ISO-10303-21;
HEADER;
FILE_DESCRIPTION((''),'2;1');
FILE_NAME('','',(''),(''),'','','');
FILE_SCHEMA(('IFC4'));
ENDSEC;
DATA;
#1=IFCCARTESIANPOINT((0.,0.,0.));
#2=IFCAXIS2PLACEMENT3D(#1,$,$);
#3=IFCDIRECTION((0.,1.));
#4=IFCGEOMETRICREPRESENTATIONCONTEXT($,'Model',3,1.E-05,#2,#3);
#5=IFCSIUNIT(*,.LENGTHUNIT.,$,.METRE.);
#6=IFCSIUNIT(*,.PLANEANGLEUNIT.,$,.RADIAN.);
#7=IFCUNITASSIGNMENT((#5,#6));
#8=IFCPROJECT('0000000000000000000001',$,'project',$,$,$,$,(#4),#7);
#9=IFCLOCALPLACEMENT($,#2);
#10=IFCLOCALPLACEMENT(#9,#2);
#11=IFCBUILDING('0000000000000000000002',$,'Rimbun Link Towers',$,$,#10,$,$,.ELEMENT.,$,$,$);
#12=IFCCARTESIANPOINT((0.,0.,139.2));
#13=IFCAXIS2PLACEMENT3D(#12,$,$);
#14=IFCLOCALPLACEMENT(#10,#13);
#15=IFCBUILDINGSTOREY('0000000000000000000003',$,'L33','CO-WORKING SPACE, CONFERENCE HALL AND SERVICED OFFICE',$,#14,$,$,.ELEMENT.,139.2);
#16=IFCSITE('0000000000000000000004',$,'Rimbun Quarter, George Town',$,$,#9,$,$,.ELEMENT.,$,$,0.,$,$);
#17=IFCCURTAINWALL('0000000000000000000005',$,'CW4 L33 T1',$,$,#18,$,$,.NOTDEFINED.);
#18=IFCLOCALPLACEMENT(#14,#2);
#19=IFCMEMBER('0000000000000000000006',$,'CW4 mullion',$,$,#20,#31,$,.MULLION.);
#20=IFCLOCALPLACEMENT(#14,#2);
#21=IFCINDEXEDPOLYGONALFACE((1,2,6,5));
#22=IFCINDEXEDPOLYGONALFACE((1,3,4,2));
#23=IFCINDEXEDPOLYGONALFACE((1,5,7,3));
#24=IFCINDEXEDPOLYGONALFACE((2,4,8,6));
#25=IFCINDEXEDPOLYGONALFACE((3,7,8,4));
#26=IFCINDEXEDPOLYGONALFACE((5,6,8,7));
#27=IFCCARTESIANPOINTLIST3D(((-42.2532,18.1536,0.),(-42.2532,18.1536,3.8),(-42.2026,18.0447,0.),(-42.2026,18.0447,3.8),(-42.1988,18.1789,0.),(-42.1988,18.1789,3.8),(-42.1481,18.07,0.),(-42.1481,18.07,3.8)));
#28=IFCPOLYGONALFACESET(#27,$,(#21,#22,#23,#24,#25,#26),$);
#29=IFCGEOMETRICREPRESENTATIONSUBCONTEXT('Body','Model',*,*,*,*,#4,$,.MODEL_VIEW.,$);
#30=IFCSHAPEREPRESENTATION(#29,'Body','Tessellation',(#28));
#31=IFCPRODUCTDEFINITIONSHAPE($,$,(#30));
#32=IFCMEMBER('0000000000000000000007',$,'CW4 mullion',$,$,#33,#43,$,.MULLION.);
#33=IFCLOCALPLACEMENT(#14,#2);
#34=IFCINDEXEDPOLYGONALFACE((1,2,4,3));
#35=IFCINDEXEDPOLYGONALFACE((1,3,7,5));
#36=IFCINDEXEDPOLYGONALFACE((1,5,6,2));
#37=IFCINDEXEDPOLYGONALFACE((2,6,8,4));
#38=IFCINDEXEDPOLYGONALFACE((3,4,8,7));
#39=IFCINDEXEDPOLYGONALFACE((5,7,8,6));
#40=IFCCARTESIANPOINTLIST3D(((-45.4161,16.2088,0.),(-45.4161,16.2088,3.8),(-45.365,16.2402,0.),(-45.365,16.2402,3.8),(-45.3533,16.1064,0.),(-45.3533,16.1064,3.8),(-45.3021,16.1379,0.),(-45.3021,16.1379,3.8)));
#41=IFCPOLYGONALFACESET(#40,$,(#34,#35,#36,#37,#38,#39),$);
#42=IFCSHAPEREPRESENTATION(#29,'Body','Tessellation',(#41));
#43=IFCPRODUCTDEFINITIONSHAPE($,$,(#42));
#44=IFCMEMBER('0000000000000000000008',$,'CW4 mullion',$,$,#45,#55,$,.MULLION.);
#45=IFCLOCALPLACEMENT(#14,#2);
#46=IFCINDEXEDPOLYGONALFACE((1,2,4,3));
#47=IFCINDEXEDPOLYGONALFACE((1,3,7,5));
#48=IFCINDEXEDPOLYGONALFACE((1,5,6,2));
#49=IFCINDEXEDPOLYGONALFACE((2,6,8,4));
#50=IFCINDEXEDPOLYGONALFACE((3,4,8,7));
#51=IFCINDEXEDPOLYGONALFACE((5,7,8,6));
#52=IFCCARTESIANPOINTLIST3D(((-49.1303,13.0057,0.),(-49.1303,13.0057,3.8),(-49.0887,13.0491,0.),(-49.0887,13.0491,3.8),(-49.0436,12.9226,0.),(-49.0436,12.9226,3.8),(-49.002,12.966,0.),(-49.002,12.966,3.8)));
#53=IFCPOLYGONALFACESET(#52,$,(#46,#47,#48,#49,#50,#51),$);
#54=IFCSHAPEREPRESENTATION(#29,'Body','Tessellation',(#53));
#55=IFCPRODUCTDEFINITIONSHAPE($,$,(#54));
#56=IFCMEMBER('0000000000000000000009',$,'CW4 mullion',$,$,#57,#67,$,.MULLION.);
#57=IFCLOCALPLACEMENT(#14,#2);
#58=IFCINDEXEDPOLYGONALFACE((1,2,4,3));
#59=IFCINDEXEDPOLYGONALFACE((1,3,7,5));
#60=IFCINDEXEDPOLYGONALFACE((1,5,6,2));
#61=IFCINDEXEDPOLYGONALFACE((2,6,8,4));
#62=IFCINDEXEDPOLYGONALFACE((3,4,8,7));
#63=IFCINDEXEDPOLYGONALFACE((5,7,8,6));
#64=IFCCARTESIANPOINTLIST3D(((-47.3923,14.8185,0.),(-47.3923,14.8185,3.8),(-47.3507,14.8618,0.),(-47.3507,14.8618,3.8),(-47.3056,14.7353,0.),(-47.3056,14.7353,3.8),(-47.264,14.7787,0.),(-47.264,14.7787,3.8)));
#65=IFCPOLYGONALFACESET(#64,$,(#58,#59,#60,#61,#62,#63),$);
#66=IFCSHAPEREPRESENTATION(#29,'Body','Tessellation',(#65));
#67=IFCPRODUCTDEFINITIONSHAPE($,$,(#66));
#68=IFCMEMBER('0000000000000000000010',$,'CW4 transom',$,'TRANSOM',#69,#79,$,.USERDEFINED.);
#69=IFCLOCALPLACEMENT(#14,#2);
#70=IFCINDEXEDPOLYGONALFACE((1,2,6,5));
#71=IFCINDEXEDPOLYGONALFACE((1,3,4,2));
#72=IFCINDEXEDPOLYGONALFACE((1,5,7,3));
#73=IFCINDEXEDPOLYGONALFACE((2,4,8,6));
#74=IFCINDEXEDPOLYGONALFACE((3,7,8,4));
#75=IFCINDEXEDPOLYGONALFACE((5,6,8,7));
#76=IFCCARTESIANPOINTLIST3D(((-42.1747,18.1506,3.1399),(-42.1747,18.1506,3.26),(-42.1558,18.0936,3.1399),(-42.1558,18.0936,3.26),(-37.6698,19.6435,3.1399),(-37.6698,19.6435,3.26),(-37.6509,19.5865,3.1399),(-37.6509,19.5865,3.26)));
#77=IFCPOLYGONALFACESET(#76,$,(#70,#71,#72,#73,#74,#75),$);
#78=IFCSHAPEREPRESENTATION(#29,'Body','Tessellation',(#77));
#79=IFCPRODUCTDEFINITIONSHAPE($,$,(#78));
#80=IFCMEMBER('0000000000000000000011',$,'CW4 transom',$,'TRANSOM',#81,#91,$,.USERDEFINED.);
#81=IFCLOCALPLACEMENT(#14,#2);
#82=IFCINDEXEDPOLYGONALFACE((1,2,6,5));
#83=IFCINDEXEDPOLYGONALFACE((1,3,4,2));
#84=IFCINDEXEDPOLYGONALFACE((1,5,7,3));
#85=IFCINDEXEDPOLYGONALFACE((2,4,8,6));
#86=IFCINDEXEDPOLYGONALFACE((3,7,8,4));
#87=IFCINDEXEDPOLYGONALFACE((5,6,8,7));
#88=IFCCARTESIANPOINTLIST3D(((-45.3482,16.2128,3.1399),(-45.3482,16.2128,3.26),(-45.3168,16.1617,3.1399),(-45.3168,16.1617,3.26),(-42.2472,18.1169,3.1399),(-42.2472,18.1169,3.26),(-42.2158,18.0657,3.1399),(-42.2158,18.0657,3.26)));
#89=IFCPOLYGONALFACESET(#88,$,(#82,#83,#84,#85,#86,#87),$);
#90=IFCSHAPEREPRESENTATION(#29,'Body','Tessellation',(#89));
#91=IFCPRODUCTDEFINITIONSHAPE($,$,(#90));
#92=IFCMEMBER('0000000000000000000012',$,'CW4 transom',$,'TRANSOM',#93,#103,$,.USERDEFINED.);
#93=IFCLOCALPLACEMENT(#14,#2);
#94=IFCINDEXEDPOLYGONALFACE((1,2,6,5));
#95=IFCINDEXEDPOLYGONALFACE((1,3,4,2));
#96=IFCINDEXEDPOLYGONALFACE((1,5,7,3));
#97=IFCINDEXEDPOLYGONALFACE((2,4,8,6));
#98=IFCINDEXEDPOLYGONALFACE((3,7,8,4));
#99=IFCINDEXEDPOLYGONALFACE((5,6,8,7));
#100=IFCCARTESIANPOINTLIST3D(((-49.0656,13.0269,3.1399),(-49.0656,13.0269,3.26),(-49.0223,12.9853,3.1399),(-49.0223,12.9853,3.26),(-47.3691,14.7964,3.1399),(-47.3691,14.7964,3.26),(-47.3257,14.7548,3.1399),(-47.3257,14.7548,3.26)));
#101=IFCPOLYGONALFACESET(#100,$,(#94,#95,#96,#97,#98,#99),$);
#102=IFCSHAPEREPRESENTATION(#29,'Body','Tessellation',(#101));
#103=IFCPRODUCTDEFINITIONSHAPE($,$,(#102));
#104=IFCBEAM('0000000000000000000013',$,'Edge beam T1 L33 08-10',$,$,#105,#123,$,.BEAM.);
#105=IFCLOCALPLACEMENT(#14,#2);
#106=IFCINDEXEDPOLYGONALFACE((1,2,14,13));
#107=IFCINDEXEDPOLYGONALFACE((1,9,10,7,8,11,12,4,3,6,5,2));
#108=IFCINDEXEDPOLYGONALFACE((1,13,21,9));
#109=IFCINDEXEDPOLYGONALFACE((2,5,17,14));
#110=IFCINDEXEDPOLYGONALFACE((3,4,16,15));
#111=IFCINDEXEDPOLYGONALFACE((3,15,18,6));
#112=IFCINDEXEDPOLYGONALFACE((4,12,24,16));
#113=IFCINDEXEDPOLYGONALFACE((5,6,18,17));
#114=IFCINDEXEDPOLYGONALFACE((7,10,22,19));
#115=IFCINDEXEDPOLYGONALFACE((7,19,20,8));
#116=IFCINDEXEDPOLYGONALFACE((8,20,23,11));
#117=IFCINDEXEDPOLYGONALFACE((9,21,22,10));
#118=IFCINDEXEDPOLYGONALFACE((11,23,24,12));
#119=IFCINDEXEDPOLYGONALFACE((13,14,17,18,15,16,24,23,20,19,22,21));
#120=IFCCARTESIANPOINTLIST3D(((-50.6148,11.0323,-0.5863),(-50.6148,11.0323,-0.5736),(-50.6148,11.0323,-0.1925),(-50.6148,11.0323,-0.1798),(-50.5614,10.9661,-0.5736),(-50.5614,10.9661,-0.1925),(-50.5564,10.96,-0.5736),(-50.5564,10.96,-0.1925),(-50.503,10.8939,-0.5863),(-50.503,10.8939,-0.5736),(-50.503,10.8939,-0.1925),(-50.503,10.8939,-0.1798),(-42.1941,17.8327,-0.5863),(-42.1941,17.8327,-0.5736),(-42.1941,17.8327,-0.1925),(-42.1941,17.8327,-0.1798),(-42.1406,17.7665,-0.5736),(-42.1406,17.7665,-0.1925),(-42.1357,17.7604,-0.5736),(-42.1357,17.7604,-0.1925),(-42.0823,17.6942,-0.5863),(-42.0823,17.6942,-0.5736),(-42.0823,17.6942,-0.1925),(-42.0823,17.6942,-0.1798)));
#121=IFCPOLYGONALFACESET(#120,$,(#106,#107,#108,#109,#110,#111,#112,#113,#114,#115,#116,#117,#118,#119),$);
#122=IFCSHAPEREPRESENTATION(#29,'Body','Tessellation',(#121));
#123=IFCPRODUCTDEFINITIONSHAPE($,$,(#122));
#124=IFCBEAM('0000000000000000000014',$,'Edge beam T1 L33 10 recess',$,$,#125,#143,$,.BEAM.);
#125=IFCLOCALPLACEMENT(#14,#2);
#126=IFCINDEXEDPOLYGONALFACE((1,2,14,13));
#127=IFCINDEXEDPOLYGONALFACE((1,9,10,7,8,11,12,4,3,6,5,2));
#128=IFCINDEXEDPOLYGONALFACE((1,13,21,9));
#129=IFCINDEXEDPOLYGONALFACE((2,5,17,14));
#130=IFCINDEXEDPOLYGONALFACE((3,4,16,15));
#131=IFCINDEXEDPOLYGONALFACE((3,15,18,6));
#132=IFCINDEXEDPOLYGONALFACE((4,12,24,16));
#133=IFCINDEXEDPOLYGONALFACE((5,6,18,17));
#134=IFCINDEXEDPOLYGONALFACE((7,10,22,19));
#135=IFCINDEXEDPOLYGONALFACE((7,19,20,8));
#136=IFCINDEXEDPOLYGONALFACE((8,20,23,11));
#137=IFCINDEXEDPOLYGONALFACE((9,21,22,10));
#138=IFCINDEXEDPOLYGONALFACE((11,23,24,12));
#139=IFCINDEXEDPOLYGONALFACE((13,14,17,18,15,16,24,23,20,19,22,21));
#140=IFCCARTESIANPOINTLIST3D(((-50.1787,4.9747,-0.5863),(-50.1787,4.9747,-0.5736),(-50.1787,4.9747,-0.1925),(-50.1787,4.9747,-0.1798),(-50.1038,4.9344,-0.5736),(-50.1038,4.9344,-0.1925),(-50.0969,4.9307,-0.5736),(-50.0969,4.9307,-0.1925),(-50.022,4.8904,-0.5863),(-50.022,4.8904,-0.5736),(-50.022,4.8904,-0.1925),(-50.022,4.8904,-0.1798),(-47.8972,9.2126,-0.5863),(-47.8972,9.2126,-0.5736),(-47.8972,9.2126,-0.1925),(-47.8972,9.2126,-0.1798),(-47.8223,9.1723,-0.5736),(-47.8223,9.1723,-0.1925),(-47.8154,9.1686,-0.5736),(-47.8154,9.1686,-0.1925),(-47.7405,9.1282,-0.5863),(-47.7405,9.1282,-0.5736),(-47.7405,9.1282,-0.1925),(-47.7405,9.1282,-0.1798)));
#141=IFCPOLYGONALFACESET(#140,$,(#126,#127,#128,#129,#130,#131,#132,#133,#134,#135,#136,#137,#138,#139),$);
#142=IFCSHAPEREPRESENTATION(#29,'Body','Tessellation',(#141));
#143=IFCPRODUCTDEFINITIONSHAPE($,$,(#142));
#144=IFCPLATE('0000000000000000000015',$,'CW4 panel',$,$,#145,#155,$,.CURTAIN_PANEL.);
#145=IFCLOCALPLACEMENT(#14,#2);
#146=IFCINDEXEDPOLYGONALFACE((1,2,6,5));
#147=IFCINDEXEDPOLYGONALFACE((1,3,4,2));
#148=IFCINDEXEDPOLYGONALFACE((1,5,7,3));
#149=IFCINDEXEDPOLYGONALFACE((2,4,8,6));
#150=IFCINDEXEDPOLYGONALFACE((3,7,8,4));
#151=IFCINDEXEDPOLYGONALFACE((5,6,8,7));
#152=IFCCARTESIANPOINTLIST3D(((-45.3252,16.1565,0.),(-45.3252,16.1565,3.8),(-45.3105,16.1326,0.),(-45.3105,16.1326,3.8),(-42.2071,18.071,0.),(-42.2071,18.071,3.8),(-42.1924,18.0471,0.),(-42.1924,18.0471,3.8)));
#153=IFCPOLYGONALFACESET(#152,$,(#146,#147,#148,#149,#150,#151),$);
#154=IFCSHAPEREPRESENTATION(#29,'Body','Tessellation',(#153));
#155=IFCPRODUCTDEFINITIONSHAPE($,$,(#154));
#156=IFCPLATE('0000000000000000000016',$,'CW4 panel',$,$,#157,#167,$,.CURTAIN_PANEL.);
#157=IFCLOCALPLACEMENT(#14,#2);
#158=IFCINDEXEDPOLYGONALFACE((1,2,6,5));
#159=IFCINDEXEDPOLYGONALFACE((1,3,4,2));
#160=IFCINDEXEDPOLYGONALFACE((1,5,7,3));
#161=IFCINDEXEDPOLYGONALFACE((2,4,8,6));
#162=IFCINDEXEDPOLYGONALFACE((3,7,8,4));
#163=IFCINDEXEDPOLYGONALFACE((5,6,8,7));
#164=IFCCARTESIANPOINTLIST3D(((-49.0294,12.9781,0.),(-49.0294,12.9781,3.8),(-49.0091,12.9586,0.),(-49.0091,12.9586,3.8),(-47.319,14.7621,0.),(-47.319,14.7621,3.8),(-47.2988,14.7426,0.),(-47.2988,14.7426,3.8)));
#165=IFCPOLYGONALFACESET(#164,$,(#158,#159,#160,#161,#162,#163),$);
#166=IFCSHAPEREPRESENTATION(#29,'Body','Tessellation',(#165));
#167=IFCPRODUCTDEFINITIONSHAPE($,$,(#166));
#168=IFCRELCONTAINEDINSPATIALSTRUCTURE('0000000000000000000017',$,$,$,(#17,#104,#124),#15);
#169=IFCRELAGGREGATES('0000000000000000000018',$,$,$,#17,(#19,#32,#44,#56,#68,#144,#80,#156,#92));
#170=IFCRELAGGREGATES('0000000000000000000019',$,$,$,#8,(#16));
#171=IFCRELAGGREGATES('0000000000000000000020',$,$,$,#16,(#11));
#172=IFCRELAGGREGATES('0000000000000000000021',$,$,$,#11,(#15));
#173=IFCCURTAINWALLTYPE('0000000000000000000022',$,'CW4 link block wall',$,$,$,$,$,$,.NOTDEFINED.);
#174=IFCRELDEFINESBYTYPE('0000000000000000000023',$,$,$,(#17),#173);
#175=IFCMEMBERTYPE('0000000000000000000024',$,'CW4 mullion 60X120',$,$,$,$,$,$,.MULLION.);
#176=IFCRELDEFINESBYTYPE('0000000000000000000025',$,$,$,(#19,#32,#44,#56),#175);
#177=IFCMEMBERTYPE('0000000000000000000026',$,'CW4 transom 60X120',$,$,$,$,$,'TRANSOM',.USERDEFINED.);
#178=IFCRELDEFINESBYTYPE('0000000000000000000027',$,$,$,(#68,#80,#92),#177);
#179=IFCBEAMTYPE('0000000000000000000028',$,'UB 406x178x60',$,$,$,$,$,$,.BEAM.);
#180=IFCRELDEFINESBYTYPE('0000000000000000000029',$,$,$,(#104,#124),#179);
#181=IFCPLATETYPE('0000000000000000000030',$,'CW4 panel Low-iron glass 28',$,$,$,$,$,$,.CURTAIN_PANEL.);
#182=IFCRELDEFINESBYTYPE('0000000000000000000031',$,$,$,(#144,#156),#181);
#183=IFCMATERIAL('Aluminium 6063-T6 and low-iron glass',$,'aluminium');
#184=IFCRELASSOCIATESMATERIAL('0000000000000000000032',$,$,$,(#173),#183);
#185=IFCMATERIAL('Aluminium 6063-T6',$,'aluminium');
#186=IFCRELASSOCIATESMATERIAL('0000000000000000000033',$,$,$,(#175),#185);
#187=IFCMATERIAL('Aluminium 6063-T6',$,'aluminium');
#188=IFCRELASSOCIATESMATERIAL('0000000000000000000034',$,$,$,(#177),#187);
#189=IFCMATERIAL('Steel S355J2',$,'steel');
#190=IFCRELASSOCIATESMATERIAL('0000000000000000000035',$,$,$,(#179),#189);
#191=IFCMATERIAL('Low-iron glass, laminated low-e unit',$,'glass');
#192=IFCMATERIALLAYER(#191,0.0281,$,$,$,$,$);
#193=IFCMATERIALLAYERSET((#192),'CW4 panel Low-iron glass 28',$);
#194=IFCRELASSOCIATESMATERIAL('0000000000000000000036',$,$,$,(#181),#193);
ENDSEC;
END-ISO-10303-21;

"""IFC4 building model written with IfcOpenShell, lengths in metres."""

from ifc_helpers import new_model, si_unit, direction, frame, origin, origin_2d, place, context, subcontext, project, spatial, rectangle, i_section, extrude, material, layer, layer_set, material_profile, profile_set, type_object, element, aggregate, save


model = new_model("IFC4")

# Units and contexts
model_context = context("Model", 3, precision=1e-05, world=origin(), true_north=direction((0.0, 1.0)))
body_context = subcontext(model_context, "Body", "Model", "MODEL_VIEW")
ifc_project = project(units=[si_unit("LENGTHUNIT", "METRE"), si_unit("PLANEANGLEUNIT", "RADIAN")], contexts=[model_context])

# Site, building, storey
site_placement = place(None, origin())
site = spatial("IfcSite", under=ifc_project, at=site_placement, Name="Rimbun Quarter, George Town", CompositionType="ELEMENT", RefElevation=0.0)
building_placement = place(site_placement, origin())
building = spatial("IfcBuilding", under=site, at=building_placement, Name="Rimbun Link Towers", CompositionType="ELEMENT")
storey_placement = place(building_placement, frame((0.0, 0.0, 139.2)))
storey = spatial("IfcBuildingStorey", under=building, at=storey_placement, Name="L33", Description="CO-WORKING SPACE, CONFERENCE HALL AND SERVICED OFFICE", CompositionType="ELEMENT", Elevation=139.2)

# Curtain wall, members
ifc_material_1 = material(Name="Aluminium 6063-T6 and low-iron glass", Category="aluminium")
curtain_wall_type = type_object("IfcCurtainWallType", Name="CW4 link block wall", PredefinedType="NOTDEFINED", material=ifc_material_1)
curtain_wall_placement = place(storey_placement, origin())
curtain_wall = element("IfcCurtainWall", 1, at=curtain_wall_placement, inside=storey, type_object=curtain_wall_type, Name="CW4 L33 T1", PredefinedType="NOTDEFINED")
ifc_material_2 = material(Name="Aluminium 6063-T6", Category="aluminium")
ifc_material_profile_1 = material_profile(ifc_material_2, rectangle(XDim=0.1201, YDim=0.0601, at=origin_2d()), Name="MULLION 60X120")
ifc_profile_set_1 = profile_set([ifc_material_profile_1], Name="Aluminium 6063-T6")
member_type_1 = type_object("IfcMemberType", Name="CW4 mullion 60X120", PredefinedType="MULLION", material=ifc_profile_set_1)
member_1_placement = place(storey_placement, frame((-42.2007, 18.1118, 0.0), z_axis=(0.0, 0.0, 1.0), x_axis=(-0.421697, 0.906737, 0.0)))
member_1 = element("IfcMember", 2, at=member_1_placement, type_object=member_type_1, Name="CW4 mullion", PredefinedType="MULLION", context=body_context, shape_type="SweptSolid", body=[
    extrude(rectangle(XDim=0.1201, YDim=0.0601, at=origin_2d()), origin(), (0.0, 0.0, 1.0), 3.8),
])
member_2_placement = place(storey_placement, frame((-45.3591, 16.1733, 0.0), z_axis=(0.0, 0.0, 1.0), x_axis=(-0.523225, 0.852194, 0.0)))
member_2 = element("IfcMember", 3, at=member_2_placement, type_object=member_type_1, Name="CW4 mullion", PredefinedType="MULLION", context=body_context, shape_type="SweptSolid", body=[
    extrude(rectangle(XDim=0.1201, YDim=0.0601, at=origin_2d()), origin(), (0.0, 0.0, 1.0), 3.8),
])
member_3_placement = place(storey_placement, frame((-49.0662, 12.9858, 0.0), z_axis=(0.0, 0.0, 1.0), x_axis=(-0.721858, 0.692041, 0.0)))
member_3 = element("IfcMember", 4, at=member_3_placement, type_object=member_type_1, Name="CW4 mullion", PredefinedType="MULLION", context=body_context, shape_type="SweptSolid", body=[
    extrude(rectangle(XDim=0.1201, YDim=0.0601, at=origin_2d()), origin(), (0.0, 0.0, 1.0), 3.8),
])
member_4_placement = place(storey_placement, frame((-47.3281, 14.7986, 0.0), z_axis=(0.0, 0.0, 1.0), x_axis=(-0.721858, 0.692041, 0.0)))
member_4 = element("IfcMember", 5, at=member_4_placement, type_object=member_type_1, Name="CW4 mullion", PredefinedType="MULLION", context=body_context, shape_type="SweptSolid", body=[
    extrude(rectangle(XDim=0.1201, YDim=0.0601, at=origin_2d()), origin(), (0.0, 0.0, 1.0), 3.8),
])
ifc_material_3 = material(Name="Aluminium 6063-T6", Category="aluminium")
ifc_material_profile_2 = material_profile(ifc_material_3, rectangle(XDim=0.0601, YDim=0.1201, at=origin_2d()), Name="TRANSOM 60X120")
ifc_profile_set_2 = profile_set([ifc_material_profile_2], Name="Aluminium 6063-T6")
member_type_2 = type_object("IfcMemberType", Name="CW4 transom 60X120", ElementType="TRANSOM", PredefinedType="USERDEFINED", material=ifc_profile_set_2)
member_5_placement = place(storey_placement, frame((-42.1653, 18.1221, 3.2), z_axis=(0.949232, 0.314576, 0.0), x_axis=(-0.314576, 0.949232, 0.0)))
member_5 = element("IfcMember", 6, at=member_5_placement, type_object=member_type_2, Name="CW4 transom", ObjectType="TRANSOM", PredefinedType="USERDEFINED", context=body_context, shape_type="SweptSolid", body=[
    extrude(rectangle(XDim=0.0601, YDim=0.1201, at=origin_2d()), origin(), (0.0, 0.0, 1.0), 4.7458),
])
member_6_placement = place(storey_placement, frame((-45.3325, 16.1873, 3.2), z_axis=(0.852185, 0.52324, 0.0), x_axis=(-0.52324, 0.852185, 0.0)))
member_6 = element("IfcMember", 7, at=member_6_placement, type_object=member_type_2, Name="CW4 transom", ObjectType="TRANSOM", PredefinedType="USERDEFINED", context=body_context, shape_type="SweptSolid", body=[
    extrude(rectangle(XDim=0.0601, YDim=0.1201, at=origin_2d()), origin(), (0.0, 0.0, 1.0), 3.6389),
])
member_7_placement = place(storey_placement, frame((-49.0439, 13.0061, 3.2), z_axis=(0.692061, 0.721839, 0.0), x_axis=(-0.721839, 0.692061, 0.0)))
member_7 = element("IfcMember", 8, at=member_7_placement, type_object=member_type_2, Name="CW4 transom", ObjectType="TRANSOM", PredefinedType="USERDEFINED", context=body_context, shape_type="SweptSolid", body=[
    extrude(rectangle(XDim=0.0601, YDim=0.1201, at=origin_2d()), origin(), (0.0, 0.0, 1.0), 2.4514),
])

# Beams
ifc_material_4 = material(Name="Steel S355J2", Category="steel")
ifc_material_profile_3 = material_profile(ifc_material_4, i_section(OverallWidth=0.178, OverallDepth=0.4065, WebThickness=0.0078, FlangeThickness=0.0127, at=origin_2d()), Name="UB 406x178x60")
ifc_profile_set_3 = profile_set([ifc_material_profile_3], Name="Steel S355J2")
beam_type = type_object("IfcBeamType", Name="UB 406x178x60", PredefinedType="BEAM", material=ifc_profile_set_3)
beam_1_placement = place(storey_placement, frame((-42.1382, 17.7634, -0.3831), z_axis=(-0.777987, -0.628281, 0.0), x_axis=(0.628281, -0.777987, 0.0)))
element("IfcBeam", 9, at=beam_1_placement, inside=storey, type_object=beam_type, Name="Edge beam T1 L33 08-10", PredefinedType="BEAM", context=body_context, shape_type="SweptSolid", body=[
    extrude(i_section(OverallWidth=0.178, OverallDepth=0.4065, WebThickness=0.0078, FlangeThickness=0.0127, at=origin_2d()), origin(), (0.0, 0.0, 1.0), 10.8237),
])
beam_2_placement = place(storey_placement, frame((-47.8188, 9.1704, -0.3831), z_axis=(-0.474036, -0.880505, 0.0), x_axis=(0.880505, -0.474036, 0.0)))
element("IfcBeam", 10, at=beam_2_placement, inside=storey, type_object=beam_type, Name="Edge beam T1 L33 10 recess", PredefinedType="BEAM", context=body_context, shape_type="SweptSolid", body=[
    extrude(i_section(OverallWidth=0.178, OverallDepth=0.4065, WebThickness=0.0078, FlangeThickness=0.0127, at=origin_2d()), origin(), (0.0, 0.0, 1.0), 4.813),
])

# Plates
ifc_material_5 = material(Name="Low-iron glass, laminated low-e unit", Category="glass")
ifc_layer_1 = layer(ifc_material_5, 0.0281)
ifc_layer_set_1 = layer_set([ifc_layer_1], Name="CW4 panel Low-iron glass 28")
plate_type = type_object("IfcPlateType", Name="CW4 panel Low-iron glass 28", PredefinedType="CURTAIN_PANEL", material=ifc_layer_set_1)
plate_1_placement = place(storey_placement, frame((-43.7588, 17.1018, 0.0), z_axis=(0.0, 0.0, 1.0), x_axis=(0.852194, 0.523225, 0.0)))
plate_1 = element("IfcPlate", 11, at=plate_1_placement, type_object=plate_type, Name="CW4 panel", PredefinedType="CURTAIN_PANEL", context=body_context, shape_type="SweptSolid", body=[
    extrude(rectangle(XDim=3.6589, YDim=0.0281, at=origin_2d()), origin(), (0.0, 0.0, 1.0), 3.8),
])
plate_2_placement = place(storey_placement, frame((-48.1641, 13.8604, 0.0), z_axis=(0.0, 0.0, 1.0), x_axis=(0.692041, 0.721858, 0.0)))
plate_2 = element("IfcPlate", 12, at=plate_2_placement, type_object=plate_type, Name="CW4 panel", PredefinedType="CURTAIN_PANEL", context=body_context, shape_type="SweptSolid", body=[
    extrude(rectangle(XDim=2.4714, YDim=0.0281, at=origin_2d()), origin(), (0.0, 0.0, 1.0), 3.8),
])
aggregate(curtain_wall, [member_1, member_2, member_3, member_4, member_5, plate_1, member_6, plate_2, member_7])

save(model, "model.ifc")
